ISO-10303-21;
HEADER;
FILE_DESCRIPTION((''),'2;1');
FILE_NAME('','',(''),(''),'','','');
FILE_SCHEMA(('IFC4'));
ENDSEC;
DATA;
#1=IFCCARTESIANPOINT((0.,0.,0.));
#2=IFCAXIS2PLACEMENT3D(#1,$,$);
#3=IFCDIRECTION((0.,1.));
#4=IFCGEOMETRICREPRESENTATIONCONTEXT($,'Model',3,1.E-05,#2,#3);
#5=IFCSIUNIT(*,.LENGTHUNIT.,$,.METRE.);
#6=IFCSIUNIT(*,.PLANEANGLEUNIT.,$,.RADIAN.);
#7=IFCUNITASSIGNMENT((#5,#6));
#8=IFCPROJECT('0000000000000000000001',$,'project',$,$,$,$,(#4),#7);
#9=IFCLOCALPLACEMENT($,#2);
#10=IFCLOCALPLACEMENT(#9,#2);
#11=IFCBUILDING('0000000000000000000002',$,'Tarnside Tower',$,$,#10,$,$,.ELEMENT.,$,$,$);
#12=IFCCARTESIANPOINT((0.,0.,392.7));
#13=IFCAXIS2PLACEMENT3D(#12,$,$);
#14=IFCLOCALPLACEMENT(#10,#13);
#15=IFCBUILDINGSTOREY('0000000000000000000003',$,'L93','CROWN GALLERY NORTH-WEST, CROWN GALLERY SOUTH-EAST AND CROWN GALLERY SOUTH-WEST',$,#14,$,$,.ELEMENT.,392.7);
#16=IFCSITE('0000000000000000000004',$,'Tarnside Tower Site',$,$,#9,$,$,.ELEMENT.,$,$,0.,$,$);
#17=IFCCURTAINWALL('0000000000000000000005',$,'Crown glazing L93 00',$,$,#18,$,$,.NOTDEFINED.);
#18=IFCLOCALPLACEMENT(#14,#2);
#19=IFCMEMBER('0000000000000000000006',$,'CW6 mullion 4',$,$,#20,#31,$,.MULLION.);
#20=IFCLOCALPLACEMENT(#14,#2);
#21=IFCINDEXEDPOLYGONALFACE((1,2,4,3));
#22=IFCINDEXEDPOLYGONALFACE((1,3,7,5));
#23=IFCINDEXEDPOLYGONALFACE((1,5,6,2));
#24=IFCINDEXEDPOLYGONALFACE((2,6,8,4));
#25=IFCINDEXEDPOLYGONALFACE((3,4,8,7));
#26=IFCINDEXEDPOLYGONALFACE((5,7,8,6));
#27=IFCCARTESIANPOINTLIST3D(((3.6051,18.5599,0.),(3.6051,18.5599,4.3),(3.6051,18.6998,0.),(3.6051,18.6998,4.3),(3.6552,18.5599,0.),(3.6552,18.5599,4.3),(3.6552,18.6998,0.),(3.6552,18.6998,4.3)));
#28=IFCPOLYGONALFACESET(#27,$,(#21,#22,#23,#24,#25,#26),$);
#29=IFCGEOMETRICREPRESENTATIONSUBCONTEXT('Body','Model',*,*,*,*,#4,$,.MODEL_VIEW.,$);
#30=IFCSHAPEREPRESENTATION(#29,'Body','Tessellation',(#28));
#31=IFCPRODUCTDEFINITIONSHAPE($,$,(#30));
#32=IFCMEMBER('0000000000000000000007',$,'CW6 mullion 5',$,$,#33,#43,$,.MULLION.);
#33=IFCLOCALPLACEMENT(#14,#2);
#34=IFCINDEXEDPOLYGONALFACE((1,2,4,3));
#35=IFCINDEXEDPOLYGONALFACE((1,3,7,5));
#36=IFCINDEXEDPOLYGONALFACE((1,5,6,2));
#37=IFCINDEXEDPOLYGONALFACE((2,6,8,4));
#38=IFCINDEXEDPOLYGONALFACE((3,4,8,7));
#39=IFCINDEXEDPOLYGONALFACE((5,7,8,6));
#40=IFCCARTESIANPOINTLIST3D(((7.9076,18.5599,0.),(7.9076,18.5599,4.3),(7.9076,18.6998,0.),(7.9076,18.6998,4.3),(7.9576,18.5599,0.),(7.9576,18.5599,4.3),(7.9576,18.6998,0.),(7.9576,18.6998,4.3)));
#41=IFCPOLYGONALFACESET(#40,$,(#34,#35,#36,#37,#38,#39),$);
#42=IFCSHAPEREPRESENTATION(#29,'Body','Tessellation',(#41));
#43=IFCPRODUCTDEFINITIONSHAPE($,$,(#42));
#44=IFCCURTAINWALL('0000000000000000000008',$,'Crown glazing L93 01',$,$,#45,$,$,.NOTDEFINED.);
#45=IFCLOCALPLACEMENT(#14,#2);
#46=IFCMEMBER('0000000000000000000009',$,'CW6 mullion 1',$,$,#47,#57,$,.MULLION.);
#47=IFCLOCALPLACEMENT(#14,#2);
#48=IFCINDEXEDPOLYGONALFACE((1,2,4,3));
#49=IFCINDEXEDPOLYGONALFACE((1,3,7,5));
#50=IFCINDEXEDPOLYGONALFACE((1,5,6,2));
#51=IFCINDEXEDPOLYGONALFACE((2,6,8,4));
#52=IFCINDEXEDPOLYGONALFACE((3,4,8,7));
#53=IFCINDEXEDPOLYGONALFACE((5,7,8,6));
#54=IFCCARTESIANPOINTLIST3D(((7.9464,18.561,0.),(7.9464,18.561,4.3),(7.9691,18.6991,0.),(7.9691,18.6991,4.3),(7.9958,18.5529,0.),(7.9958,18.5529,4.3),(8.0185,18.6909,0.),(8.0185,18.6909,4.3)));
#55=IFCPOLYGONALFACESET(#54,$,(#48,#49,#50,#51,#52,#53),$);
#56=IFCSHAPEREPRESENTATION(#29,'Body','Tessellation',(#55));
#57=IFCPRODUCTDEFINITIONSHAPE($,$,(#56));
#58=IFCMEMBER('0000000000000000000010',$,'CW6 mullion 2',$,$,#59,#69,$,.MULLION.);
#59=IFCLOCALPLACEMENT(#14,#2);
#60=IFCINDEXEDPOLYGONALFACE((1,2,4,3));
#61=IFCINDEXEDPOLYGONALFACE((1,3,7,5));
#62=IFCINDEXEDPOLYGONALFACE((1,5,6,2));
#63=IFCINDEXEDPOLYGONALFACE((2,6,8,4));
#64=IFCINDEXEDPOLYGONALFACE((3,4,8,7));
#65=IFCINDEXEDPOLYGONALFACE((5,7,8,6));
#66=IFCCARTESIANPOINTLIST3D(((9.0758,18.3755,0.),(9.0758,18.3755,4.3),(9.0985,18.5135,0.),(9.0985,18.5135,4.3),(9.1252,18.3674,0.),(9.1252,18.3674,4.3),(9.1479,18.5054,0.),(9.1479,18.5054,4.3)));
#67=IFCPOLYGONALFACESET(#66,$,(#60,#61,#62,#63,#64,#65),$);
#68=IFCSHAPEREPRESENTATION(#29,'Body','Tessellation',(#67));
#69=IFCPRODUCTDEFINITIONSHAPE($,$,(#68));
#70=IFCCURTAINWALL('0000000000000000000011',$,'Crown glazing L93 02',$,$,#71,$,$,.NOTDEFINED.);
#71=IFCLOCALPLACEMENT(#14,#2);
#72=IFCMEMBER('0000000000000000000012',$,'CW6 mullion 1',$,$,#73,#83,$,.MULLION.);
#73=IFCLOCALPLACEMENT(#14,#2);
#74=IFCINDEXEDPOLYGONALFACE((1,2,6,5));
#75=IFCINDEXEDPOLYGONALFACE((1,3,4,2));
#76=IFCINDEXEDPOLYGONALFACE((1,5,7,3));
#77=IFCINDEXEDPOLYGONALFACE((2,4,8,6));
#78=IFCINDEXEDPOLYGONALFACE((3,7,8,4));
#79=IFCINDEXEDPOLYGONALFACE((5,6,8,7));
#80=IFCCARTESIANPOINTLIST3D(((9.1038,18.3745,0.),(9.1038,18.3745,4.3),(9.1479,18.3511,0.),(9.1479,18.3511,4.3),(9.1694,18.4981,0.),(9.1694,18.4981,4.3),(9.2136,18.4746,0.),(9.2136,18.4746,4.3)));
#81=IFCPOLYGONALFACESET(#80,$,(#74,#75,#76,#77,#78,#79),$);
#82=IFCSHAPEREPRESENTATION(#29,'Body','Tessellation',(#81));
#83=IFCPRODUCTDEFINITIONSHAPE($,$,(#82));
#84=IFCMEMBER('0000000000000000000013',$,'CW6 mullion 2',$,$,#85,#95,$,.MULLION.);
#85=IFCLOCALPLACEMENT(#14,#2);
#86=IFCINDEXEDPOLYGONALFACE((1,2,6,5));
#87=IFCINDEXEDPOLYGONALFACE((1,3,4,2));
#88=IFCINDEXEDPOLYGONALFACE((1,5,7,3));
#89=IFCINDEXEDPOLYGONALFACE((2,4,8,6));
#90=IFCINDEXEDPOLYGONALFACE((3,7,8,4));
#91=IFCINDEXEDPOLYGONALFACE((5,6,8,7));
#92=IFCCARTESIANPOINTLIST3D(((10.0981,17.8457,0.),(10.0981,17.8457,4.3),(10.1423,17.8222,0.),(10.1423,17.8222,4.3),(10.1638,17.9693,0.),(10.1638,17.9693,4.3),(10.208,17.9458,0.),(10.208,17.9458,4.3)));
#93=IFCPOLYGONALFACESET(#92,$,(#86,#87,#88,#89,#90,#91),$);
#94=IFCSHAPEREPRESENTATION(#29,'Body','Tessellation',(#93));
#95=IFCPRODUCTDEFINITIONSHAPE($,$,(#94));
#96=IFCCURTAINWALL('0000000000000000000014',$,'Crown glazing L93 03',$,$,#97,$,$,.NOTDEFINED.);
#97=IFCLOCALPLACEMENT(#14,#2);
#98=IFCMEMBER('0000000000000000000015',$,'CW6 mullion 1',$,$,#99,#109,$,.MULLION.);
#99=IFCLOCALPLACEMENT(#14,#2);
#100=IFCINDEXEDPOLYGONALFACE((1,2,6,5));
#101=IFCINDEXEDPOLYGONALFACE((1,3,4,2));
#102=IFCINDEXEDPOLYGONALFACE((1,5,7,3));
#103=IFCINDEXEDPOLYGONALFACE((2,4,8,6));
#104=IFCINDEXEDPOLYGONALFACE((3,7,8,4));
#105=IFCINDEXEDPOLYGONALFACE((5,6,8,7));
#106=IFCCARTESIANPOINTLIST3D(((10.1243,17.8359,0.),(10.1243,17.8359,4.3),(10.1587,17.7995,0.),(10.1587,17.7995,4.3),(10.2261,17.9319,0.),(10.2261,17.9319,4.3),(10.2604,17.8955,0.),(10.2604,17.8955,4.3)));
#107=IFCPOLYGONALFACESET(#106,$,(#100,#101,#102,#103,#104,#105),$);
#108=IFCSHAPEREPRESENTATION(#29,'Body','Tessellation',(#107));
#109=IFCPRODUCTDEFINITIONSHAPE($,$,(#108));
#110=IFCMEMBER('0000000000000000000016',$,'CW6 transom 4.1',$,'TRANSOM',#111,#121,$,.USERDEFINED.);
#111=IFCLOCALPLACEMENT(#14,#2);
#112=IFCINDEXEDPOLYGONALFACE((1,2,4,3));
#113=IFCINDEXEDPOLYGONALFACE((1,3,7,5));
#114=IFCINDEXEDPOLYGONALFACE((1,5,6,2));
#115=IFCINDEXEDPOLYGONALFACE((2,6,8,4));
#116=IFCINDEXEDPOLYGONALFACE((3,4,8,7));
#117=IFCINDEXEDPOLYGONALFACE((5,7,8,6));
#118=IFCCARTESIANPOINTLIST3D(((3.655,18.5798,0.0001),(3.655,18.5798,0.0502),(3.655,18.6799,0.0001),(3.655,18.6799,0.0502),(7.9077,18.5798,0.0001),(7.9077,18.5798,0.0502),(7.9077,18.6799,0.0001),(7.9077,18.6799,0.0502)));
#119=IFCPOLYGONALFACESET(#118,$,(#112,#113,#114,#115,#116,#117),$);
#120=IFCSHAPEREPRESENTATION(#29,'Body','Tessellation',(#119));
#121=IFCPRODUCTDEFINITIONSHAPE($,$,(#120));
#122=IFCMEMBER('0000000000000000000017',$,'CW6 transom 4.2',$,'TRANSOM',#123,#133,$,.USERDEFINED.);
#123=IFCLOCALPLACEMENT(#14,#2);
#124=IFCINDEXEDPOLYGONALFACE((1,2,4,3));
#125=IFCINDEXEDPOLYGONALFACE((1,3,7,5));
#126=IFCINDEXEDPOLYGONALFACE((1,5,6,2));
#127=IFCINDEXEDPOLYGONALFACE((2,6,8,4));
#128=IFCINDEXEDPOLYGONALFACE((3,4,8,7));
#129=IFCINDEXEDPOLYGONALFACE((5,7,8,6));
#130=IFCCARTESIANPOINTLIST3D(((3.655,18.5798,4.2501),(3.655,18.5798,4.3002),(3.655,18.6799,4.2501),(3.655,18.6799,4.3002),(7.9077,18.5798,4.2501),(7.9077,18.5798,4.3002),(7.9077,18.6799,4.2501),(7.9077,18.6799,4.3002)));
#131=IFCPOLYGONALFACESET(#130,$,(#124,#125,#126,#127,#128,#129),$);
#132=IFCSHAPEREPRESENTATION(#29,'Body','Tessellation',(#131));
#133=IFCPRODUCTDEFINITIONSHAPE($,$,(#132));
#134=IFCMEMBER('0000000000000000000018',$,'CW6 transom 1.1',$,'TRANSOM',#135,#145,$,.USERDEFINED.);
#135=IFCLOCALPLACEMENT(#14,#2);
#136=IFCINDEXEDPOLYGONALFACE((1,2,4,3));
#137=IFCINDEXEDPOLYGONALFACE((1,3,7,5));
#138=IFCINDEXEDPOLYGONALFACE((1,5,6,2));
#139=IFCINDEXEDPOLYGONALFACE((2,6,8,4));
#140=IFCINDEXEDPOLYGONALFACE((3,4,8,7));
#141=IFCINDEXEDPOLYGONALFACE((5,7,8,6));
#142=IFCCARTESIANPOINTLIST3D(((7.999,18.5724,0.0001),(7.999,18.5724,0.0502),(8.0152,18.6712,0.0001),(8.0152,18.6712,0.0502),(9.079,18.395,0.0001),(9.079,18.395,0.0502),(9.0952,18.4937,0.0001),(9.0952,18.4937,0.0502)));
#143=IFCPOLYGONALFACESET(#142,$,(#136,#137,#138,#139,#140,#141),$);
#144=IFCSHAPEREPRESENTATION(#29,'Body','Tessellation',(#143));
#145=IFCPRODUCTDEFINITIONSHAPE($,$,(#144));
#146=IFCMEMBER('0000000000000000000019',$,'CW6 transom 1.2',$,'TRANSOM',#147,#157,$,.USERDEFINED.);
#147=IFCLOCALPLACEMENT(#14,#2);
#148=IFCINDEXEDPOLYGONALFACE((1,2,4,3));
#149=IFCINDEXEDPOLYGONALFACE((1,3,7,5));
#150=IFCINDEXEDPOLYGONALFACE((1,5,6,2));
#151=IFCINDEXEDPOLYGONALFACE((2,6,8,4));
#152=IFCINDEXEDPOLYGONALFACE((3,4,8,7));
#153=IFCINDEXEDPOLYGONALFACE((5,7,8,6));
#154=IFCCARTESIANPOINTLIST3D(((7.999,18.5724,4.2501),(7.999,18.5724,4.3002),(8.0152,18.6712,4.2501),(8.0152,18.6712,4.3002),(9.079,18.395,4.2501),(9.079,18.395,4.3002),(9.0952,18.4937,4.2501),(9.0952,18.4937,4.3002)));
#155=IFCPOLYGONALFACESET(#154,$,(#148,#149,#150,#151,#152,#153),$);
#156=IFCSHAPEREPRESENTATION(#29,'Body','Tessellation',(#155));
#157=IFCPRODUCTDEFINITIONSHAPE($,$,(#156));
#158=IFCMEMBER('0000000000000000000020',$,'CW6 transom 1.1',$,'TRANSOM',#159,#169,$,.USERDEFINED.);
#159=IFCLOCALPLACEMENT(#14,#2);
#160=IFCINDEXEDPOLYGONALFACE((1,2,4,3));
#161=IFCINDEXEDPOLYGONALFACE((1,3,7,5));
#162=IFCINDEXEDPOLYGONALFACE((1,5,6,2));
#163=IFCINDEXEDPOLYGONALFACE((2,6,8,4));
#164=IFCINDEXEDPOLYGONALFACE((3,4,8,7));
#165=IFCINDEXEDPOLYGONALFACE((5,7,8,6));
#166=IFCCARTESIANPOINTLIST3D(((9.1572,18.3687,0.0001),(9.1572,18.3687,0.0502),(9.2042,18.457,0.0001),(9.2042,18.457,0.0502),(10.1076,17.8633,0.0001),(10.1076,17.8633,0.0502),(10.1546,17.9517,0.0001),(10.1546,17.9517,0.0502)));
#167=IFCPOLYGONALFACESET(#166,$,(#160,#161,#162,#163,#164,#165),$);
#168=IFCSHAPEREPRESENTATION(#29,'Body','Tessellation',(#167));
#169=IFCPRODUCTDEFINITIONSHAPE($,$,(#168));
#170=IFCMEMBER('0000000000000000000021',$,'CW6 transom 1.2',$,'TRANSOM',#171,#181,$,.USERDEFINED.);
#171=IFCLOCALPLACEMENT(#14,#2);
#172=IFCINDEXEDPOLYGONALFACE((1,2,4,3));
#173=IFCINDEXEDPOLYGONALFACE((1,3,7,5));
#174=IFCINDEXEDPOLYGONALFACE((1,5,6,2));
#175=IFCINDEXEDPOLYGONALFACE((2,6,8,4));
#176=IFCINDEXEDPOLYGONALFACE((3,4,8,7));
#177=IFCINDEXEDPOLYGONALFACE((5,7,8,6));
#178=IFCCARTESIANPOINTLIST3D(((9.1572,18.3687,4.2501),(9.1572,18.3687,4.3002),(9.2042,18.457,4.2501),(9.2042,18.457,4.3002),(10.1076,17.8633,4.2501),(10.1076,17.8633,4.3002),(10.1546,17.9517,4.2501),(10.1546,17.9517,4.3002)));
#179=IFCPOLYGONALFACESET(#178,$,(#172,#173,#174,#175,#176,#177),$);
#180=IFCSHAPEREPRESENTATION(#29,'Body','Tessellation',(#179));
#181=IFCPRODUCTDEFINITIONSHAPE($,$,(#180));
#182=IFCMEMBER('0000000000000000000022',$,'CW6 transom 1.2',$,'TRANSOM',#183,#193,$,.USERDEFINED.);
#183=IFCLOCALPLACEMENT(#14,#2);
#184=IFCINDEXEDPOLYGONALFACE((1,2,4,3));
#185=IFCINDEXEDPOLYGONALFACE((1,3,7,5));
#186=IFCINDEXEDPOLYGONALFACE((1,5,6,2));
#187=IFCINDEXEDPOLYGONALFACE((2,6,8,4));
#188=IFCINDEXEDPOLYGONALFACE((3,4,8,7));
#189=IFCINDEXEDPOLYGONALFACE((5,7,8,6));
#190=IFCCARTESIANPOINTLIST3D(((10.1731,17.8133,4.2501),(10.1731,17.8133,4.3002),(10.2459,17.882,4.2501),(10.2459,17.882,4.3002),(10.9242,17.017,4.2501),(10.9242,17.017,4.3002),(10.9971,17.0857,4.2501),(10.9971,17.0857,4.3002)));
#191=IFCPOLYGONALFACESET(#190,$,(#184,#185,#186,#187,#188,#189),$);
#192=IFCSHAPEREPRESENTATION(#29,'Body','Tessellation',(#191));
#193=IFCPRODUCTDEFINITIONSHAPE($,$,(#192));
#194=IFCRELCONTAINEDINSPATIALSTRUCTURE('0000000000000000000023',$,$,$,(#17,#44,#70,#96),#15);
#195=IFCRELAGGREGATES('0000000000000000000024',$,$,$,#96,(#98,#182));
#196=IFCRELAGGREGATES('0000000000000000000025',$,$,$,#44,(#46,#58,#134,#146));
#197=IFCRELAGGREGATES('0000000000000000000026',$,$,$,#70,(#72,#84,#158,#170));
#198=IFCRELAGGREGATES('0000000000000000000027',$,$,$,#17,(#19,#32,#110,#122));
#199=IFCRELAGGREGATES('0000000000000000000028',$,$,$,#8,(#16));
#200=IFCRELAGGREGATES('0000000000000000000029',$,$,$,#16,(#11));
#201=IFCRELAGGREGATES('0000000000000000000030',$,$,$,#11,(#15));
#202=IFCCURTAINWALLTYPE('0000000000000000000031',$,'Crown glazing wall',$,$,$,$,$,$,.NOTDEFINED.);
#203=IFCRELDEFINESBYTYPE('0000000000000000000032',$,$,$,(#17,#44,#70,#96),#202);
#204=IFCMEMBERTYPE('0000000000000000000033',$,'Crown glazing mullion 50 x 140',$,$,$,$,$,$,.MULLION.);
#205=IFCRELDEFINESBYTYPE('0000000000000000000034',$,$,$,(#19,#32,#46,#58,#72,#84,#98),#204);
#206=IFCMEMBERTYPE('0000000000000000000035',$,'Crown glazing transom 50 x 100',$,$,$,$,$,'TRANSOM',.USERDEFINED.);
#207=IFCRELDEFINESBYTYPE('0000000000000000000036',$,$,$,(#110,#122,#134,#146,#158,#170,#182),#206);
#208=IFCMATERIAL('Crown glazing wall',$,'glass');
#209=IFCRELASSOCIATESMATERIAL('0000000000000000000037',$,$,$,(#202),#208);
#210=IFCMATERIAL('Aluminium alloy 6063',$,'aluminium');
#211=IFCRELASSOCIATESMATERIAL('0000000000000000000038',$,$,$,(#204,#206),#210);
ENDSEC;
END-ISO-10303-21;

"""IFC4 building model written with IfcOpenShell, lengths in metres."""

from ifc_helpers import new_model, si_unit, direction, frame, origin, origin_2d, place, context, subcontext, project, spatial, rectangle, extrude, material, material_profile, profile_set, type_object, element, aggregate, save


model = new_model("IFC4")

# Units and contexts
model_context = context("Model", 3, precision=1e-05, world=origin(), true_north=direction((0.0, 1.0)))
body_context = subcontext(model_context, "Body", "Model", "MODEL_VIEW")
ifc_project = project(units=[si_unit("LENGTHUNIT", "METRE"), si_unit("PLANEANGLEUNIT", "RADIAN")], contexts=[model_context])

# Site, building, storey
site_placement = place(None, origin())
site = spatial("IfcSite", under=ifc_project, at=site_placement, Name="Tarnside Tower Site", CompositionType="ELEMENT", RefElevation=0.0)
building_placement = place(site_placement, origin())
building = spatial("IfcBuilding", under=site, at=building_placement, Name="Tarnside Tower", CompositionType="ELEMENT")
storey_placement = place(building_placement, frame((0.0, 0.0, 392.7)))
storey = spatial("IfcBuildingStorey", under=building, at=storey_placement, Name="L93", Description="CROWN GALLERY NORTH-WEST, CROWN GALLERY SOUTH-EAST AND CROWN GALLERY SOUTH-WEST", CompositionType="ELEMENT", Elevation=392.7)

# Curtain walls, members
ifc_material_1 = material(Name="Crown glazing wall", Category="glass")
curtain_wall_type = type_object("IfcCurtainWallType", Name="Crown glazing wall", PredefinedType="NOTDEFINED", material=ifc_material_1)
curtain_wall_1_placement = place(storey_placement, origin())
curtain_wall_1 = element("IfcCurtainWall", 1, at=curtain_wall_1_placement, inside=storey, type_object=curtain_wall_type, Name="Crown glazing L93 00", PredefinedType="NOTDEFINED")
ifc_material_2 = material(Name="Aluminium alloy 6063", Category="aluminium")
ifc_material_profile_1 = material_profile(ifc_material_2, rectangle(XDim=0.1399, YDim=0.05, at=origin_2d()), Name="Crown glazing mullion 50 x 140")
ifc_profile_set_1 = profile_set([ifc_material_profile_1], Name="Aluminium alloy 6063")
member_type_1 = type_object("IfcMemberType", Name="Crown glazing mullion 50 x 140", PredefinedType="MULLION", material=ifc_profile_set_1)
member_1_placement = place(storey_placement, frame((3.6301, 18.6299, 0.0), z_axis=(0.0, 0.0, 1.0), x_axis=(0.0, 1.0, 0.0)))
member_1 = element("IfcMember", 2, at=member_1_placement, type_object=member_type_1, Name="CW6 mullion 4", PredefinedType="MULLION", context=body_context, shape_type="SweptSolid", body=[
    extrude(rectangle(XDim=0.1399, YDim=0.05, at=origin_2d()), origin(), (0.0, 0.0, 1.0), 4.3),
])
member_2_placement = place(storey_placement, frame((7.9326, 18.6299, 0.0), z_axis=(0.0, 0.0, 1.0), x_axis=(0.0, 1.0, 0.0)))
member_2 = element("IfcMember", 3, at=member_2_placement, type_object=member_type_1, Name="CW6 mullion 5", PredefinedType="MULLION", context=body_context, shape_type="SweptSolid", body=[
    extrude(rectangle(XDim=0.1399, YDim=0.05, at=origin_2d()), origin(), (0.0, 0.0, 1.0), 4.3),
])
curtain_wall_2_placement = place(storey_placement, origin())
curtain_wall_2 = element("IfcCurtainWall", 4, at=curtain_wall_2_placement, inside=storey, type_object=curtain_wall_type, Name="Crown glazing L93 01", PredefinedType="NOTDEFINED")
member_3_placement = place(storey_placement, frame((7.9824, 18.626, 0.0), z_axis=(0.0, 0.0, 1.0), x_axis=(0.162178, 0.986762, 0.0)))
member_3 = element("IfcMember", 5, at=member_3_placement, type_object=member_type_1, Name="CW6 mullion 1", PredefinedType="MULLION", context=body_context, shape_type="SweptSolid", body=[
    extrude(rectangle(XDim=0.1399, YDim=0.05, at=origin_2d()), origin(), (0.0, 0.0, 1.0), 4.3),
])
member_4_placement = place(storey_placement, frame((9.1118, 18.4404, 0.0), z_axis=(0.0, 0.0, 1.0), x_axis=(0.162178, 0.986762, 0.0)))
member_4 = element("IfcMember", 6, at=member_4_placement, type_object=member_type_1, Name="CW6 mullion 2", PredefinedType="MULLION", context=body_context, shape_type="SweptSolid", body=[
    extrude(rectangle(XDim=0.1399, YDim=0.05, at=origin_2d()), origin(), (0.0, 0.0, 1.0), 4.3),
])
curtain_wall_3_placement = place(storey_placement, origin())
curtain_wall_3 = element("IfcCurtainWall", 7, at=curtain_wall_3_placement, inside=storey, type_object=curtain_wall_type, Name="Crown glazing L93 02", PredefinedType="NOTDEFINED")
member_5_placement = place(storey_placement, frame((9.1587, 18.4246, 0.0), z_axis=(0.0, 0.0, 1.0), x_axis=(0.469472, 0.882948, 0.0)))
member_5 = element("IfcMember", 8, at=member_5_placement, type_object=member_type_1, Name="CW6 mullion 1", PredefinedType="MULLION", context=body_context, shape_type="SweptSolid", body=[
    extrude(rectangle(XDim=0.1399, YDim=0.05, at=origin_2d()), origin(), (0.0, 0.0, 1.0), 4.3),
])
member_6_placement = place(storey_placement, frame((10.1531, 17.8958, 0.0), z_axis=(0.0, 0.0, 1.0), x_axis=(0.469472, 0.882948, 0.0)))
member_6 = element("IfcMember", 9, at=member_6_placement, type_object=member_type_1, Name="CW6 mullion 2", PredefinedType="MULLION", context=body_context, shape_type="SweptSolid", body=[
    extrude(rectangle(XDim=0.1399, YDim=0.05, at=origin_2d()), origin(), (0.0, 0.0, 1.0), 4.3),
])

# Curtain wall, member
curtain_wall_4_placement = place(storey_placement, origin())
curtain_wall_4 = element("IfcCurtainWall", 10, at=curtain_wall_4_placement, inside=storey, type_object=curtain_wall_type, Name="Crown glazing L93 03", PredefinedType="NOTDEFINED")
member_7_placement = place(storey_placement, frame((10.1924, 17.8657, 0.0), z_axis=(0.0, 0.0, 1.0), x_axis=(0.727374, 0.686242, 0.0)))
member_7 = element("IfcMember", 11, at=member_7_placement, type_object=member_type_1, Name="CW6 mullion 1", PredefinedType="MULLION", context=body_context, shape_type="SweptSolid", body=[
    extrude(rectangle(XDim=0.1399, YDim=0.05, at=origin_2d()), origin(), (0.0, 0.0, 1.0), 4.3),
])

# Members
ifc_material_profile_2 = material_profile(ifc_material_2, rectangle(XDim=0.1001, YDim=0.05, at=origin_2d()), Name="Crown glazing transom 50 x 100")
ifc_profile_set_2 = profile_set([ifc_material_profile_2], Name="Aluminium alloy 6063")
member_type_2 = type_object("IfcMemberType", Name="Crown glazing transom 50 x 100", ElementType="TRANSOM", PredefinedType="USERDEFINED", material=ifc_profile_set_2)
member_8_placement = place(storey_placement, frame((3.655, 18.6299, 0.0251), z_axis=(1.0, 0.0, 0.0), x_axis=(0.0, 1.0, 0.0)))
member_8 = element("IfcMember", 12, at=member_8_placement, type_object=member_type_2, Name="CW6 transom 4.1", ObjectType="TRANSOM", PredefinedType="USERDEFINED", context=body_context, shape_type="SweptSolid", body=[
    extrude(rectangle(XDim=0.1001, YDim=0.05, at=origin_2d()), origin(), (0.0, 0.0, 1.0), 4.2527),
])
member_9_placement = place(storey_placement, frame((3.655, 18.6299, 4.2751), z_axis=(1.0, 0.0, 0.0), x_axis=(0.0, 1.0, 0.0)))
member_9 = element("IfcMember", 13, at=member_9_placement, type_object=member_type_2, Name="CW6 transom 4.2", ObjectType="TRANSOM", PredefinedType="USERDEFINED", context=body_context, shape_type="SweptSolid", body=[
    extrude(rectangle(XDim=0.1001, YDim=0.05, at=origin_2d()), origin(), (0.0, 0.0, 1.0), 4.2527),
])
member_10_placement = place(storey_placement, frame((8.0071, 18.6218, 0.0251), z_axis=(0.986765, -0.162156, 0.0), x_axis=(0.162156, 0.986765, 0.0)))
member_10 = element("IfcMember", 14, at=member_10_placement, type_object=member_type_2, Name="CW6 transom 1.1", ObjectType="TRANSOM", PredefinedType="USERDEFINED", context=body_context, shape_type="SweptSolid", body=[
    extrude(rectangle(XDim=0.1001, YDim=0.05, at=origin_2d()), origin(), (0.0, 0.0, 1.0), 1.0945),
])
member_11_placement = place(storey_placement, frame((8.0071, 18.6218, 4.2751), z_axis=(0.986765, -0.162156, 0.0), x_axis=(0.162156, 0.986765, 0.0)))
member_11 = element("IfcMember", 15, at=member_11_placement, type_object=member_type_2, Name="CW6 transom 1.2", ObjectType="TRANSOM", PredefinedType="USERDEFINED", context=body_context, shape_type="SweptSolid", body=[
    extrude(rectangle(XDim=0.1001, YDim=0.05, at=origin_2d()), origin(), (0.0, 0.0, 1.0), 1.0945),
])
member_12_placement = place(storey_placement, frame((9.1807, 18.4128, 0.0251), z_axis=(0.882942, -0.469481, 0.0), x_axis=(0.469481, 0.882942, 0.0)))
member_12 = element("IfcMember", 16, at=member_12_placement, type_object=member_type_2, Name="CW6 transom 1.1", ObjectType="TRANSOM", PredefinedType="USERDEFINED", context=body_context, shape_type="SweptSolid", body=[
    extrude(rectangle(XDim=0.1001, YDim=0.05, at=origin_2d()), origin(), (0.0, 0.0, 1.0), 1.0764),
])
member_13_placement = place(storey_placement, frame((9.1807, 18.4128, 4.2751), z_axis=(0.882942, -0.469481, 0.0), x_axis=(0.469481, 0.882942, 0.0)))
member_13 = element("IfcMember", 17, at=member_13_placement, type_object=member_type_2, Name="CW6 transom 1.2", ObjectType="TRANSOM", PredefinedType="USERDEFINED", context=body_context, shape_type="SweptSolid", body=[
    extrude(rectangle(XDim=0.1001, YDim=0.05, at=origin_2d()), origin(), (0.0, 0.0, 1.0), 1.0764),
])
member_14_placement = place(storey_placement, frame((10.2095, 17.8477, 4.2751), z_axis=(0.686178, -0.727434, 0.0), x_axis=(0.727434, 0.686178, 0.0)))
member_14 = element("IfcMember", 18, at=member_14_placement, type_object=member_type_2, Name="CW6 transom 1.2", ObjectType="TRANSOM", PredefinedType="USERDEFINED", context=body_context, shape_type="SweptSolid", body=[
    extrude(rectangle(XDim=0.1001, YDim=0.05, at=origin_2d()), origin(), (0.0, 0.0, 1.0), 1.0947),
])
aggregate(curtain_wall_4, [member_7, member_14])

aggregate(curtain_wall_2, [member_3, member_4, member_10, member_11])
aggregate(curtain_wall_3, [member_5, member_6, member_12, member_13])
aggregate(curtain_wall_1, [member_1, member_2, member_8, member_9])

save(model, "model.ifc")
